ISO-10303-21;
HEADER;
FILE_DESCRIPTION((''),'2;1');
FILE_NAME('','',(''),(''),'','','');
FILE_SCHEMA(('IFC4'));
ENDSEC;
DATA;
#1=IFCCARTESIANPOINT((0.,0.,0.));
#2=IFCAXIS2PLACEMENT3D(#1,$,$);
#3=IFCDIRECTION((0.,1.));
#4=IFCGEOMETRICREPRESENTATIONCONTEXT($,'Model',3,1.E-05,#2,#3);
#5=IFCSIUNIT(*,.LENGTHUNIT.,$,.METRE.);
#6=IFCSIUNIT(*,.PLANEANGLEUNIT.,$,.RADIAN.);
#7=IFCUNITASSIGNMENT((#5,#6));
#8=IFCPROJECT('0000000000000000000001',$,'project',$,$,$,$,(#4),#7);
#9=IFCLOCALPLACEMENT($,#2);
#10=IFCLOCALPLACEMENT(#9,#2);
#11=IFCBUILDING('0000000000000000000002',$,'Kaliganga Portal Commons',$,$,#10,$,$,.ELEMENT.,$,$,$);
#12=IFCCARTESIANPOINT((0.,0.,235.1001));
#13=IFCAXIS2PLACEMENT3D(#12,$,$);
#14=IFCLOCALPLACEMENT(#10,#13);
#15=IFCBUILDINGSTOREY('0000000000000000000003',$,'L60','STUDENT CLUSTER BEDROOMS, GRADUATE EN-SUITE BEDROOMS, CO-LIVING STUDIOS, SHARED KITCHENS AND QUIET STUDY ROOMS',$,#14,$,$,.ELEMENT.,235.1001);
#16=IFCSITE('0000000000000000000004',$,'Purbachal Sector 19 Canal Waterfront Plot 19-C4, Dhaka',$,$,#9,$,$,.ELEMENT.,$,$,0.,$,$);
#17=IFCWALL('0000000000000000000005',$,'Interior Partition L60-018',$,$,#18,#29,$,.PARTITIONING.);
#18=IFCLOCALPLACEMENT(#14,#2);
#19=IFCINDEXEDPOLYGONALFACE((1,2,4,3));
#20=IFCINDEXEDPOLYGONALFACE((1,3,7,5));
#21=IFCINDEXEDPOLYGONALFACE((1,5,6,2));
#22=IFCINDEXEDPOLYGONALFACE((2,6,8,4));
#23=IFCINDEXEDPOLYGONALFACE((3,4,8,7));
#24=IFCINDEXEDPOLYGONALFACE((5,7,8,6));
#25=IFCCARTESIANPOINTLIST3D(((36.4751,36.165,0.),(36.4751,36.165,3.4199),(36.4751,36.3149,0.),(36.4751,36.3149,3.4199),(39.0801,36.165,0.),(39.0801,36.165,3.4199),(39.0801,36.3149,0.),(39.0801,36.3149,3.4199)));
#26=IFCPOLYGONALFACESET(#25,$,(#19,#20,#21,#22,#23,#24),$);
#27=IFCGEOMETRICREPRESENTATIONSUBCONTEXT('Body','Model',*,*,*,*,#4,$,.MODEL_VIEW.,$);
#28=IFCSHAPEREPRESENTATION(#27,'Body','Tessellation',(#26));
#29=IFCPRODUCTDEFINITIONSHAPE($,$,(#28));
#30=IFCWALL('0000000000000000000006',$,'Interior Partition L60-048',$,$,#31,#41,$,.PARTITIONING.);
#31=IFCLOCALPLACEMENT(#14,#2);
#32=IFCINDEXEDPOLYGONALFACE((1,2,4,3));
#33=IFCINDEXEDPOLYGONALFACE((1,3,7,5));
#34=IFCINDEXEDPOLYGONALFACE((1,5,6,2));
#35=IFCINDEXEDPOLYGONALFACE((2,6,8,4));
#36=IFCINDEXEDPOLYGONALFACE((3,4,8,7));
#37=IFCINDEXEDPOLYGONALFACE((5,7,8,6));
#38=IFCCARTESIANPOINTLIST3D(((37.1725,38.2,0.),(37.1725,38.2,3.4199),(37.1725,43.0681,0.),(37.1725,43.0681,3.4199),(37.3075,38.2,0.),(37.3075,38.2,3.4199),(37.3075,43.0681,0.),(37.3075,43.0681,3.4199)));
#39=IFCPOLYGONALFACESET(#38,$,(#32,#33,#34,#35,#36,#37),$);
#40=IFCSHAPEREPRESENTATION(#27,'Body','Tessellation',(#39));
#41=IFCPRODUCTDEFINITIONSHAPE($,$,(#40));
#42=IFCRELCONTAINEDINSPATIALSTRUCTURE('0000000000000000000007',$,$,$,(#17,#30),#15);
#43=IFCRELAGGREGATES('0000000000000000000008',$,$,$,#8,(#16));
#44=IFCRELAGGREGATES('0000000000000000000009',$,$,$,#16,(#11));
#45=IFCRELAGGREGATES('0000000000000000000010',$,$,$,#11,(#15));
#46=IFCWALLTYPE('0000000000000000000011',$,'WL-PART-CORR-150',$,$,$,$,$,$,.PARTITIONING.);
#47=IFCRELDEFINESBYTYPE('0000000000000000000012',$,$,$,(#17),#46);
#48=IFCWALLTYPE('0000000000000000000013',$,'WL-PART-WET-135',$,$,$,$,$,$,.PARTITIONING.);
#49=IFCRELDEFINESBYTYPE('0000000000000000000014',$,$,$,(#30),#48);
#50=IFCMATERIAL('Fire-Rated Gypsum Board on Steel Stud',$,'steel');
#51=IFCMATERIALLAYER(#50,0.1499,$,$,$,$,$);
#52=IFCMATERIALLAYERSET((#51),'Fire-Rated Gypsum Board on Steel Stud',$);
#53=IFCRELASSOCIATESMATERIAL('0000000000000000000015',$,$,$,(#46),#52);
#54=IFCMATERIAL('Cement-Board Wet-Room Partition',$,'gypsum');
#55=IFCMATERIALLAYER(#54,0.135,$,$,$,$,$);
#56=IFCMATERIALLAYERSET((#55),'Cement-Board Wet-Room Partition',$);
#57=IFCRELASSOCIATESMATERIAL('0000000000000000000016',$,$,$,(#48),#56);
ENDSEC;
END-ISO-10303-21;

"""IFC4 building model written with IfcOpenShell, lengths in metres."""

from ifc_helpers import new_model, si_unit, direction, frame, frame_2d, origin, place, context, subcontext, project, spatial, rectangle, extrude, material, layer, layer_set, type_object, element, save


model = new_model("IFC4")

# Units and contexts
model_context = context("Model", 3, precision=1e-05, world=origin(), true_north=direction((0.0, 1.0)))
body_context = subcontext(model_context, "Body", "Model", "MODEL_VIEW")
ifc_project = project(units=[si_unit("LENGTHUNIT", "METRE"), si_unit("PLANEANGLEUNIT", "RADIAN")], contexts=[model_context])

# Site, building, storey
site_placement = place(None, origin())
site = spatial("IfcSite", under=ifc_project, at=site_placement, Name="Purbachal Sector 19 Canal Waterfront Plot 19-C4, Dhaka", CompositionType="ELEMENT", RefElevation=0.0)
building_placement = place(site_placement, origin())
building = spatial("IfcBuilding", under=site, at=building_placement, Name="Kaliganga Portal Commons", CompositionType="ELEMENT")
storey_placement = place(building_placement, frame((0.0, 0.0, 235.1001)))
storey = spatial("IfcBuildingStorey", under=building, at=storey_placement, Name="L60", Description="STUDENT CLUSTER BEDROOMS, GRADUATE EN-SUITE BEDROOMS, CO-LIVING STUDIOS, SHARED KITCHENS AND QUIET STUDY ROOMS", CompositionType="ELEMENT", Elevation=235.1001)

# Wall
ifc_material_1 = material(Name="Fire-Rated Gypsum Board on Steel Stud", Category="steel")
ifc_layer_1 = layer(ifc_material_1, 0.1499)
ifc_layer_set_1 = layer_set([ifc_layer_1], Name="Fire-Rated Gypsum Board on Steel Stud")
wall_type_1 = type_object("IfcWallType", Name="WL-PART-CORR-150", PredefinedType="PARTITIONING", material=ifc_layer_set_1)
wall_1_placement = place(storey_placement, frame((36.4751, 36.24, 0.0), z_axis=(0.0, 0.0, 1.0), x_axis=(1.0, 0.0, 0.0)))
element("IfcWall", 1, at=wall_1_placement, inside=storey, type_object=wall_type_1, Name="Interior Partition L60-018", PredefinedType="PARTITIONING", context=body_context, shape_type="SweptSolid", body=[
    extrude(rectangle(XDim=2.605, YDim=0.1499, at=frame_2d((1.3025, 0.0))), origin(), (0.0, 0.0, 1.0), 3.4199),
])

# Wall
ifc_material_2 = material(Name="Cement-Board Wet-Room Partition", Category="gypsum")
ifc_layer_2 = layer(ifc_material_2, 0.135)
ifc_layer_set_2 = layer_set([ifc_layer_2], Name="Cement-Board Wet-Room Partition")
wall_type_2 = type_object("IfcWallType", Name="WL-PART-WET-135", PredefinedType="PARTITIONING", material=ifc_layer_set_2)
wall_2_placement = place(storey_placement, frame((37.24, 38.2, 0.0), z_axis=(0.0, 0.0, 1.0), x_axis=(0.0, 1.0, 0.0)))
element("IfcWall", 2, at=wall_2_placement, inside=storey, type_object=wall_type_2, Name="Interior Partition L60-048", PredefinedType="PARTITIONING", context=body_context, shape_type="SweptSolid", body=[
    extrude(rectangle(XDim=4.8682, YDim=0.135, at=frame_2d((2.4341, 0.0))), origin(), (0.0, 0.0, 1.0), 3.4199),
])

save(model, "model.ifc")
